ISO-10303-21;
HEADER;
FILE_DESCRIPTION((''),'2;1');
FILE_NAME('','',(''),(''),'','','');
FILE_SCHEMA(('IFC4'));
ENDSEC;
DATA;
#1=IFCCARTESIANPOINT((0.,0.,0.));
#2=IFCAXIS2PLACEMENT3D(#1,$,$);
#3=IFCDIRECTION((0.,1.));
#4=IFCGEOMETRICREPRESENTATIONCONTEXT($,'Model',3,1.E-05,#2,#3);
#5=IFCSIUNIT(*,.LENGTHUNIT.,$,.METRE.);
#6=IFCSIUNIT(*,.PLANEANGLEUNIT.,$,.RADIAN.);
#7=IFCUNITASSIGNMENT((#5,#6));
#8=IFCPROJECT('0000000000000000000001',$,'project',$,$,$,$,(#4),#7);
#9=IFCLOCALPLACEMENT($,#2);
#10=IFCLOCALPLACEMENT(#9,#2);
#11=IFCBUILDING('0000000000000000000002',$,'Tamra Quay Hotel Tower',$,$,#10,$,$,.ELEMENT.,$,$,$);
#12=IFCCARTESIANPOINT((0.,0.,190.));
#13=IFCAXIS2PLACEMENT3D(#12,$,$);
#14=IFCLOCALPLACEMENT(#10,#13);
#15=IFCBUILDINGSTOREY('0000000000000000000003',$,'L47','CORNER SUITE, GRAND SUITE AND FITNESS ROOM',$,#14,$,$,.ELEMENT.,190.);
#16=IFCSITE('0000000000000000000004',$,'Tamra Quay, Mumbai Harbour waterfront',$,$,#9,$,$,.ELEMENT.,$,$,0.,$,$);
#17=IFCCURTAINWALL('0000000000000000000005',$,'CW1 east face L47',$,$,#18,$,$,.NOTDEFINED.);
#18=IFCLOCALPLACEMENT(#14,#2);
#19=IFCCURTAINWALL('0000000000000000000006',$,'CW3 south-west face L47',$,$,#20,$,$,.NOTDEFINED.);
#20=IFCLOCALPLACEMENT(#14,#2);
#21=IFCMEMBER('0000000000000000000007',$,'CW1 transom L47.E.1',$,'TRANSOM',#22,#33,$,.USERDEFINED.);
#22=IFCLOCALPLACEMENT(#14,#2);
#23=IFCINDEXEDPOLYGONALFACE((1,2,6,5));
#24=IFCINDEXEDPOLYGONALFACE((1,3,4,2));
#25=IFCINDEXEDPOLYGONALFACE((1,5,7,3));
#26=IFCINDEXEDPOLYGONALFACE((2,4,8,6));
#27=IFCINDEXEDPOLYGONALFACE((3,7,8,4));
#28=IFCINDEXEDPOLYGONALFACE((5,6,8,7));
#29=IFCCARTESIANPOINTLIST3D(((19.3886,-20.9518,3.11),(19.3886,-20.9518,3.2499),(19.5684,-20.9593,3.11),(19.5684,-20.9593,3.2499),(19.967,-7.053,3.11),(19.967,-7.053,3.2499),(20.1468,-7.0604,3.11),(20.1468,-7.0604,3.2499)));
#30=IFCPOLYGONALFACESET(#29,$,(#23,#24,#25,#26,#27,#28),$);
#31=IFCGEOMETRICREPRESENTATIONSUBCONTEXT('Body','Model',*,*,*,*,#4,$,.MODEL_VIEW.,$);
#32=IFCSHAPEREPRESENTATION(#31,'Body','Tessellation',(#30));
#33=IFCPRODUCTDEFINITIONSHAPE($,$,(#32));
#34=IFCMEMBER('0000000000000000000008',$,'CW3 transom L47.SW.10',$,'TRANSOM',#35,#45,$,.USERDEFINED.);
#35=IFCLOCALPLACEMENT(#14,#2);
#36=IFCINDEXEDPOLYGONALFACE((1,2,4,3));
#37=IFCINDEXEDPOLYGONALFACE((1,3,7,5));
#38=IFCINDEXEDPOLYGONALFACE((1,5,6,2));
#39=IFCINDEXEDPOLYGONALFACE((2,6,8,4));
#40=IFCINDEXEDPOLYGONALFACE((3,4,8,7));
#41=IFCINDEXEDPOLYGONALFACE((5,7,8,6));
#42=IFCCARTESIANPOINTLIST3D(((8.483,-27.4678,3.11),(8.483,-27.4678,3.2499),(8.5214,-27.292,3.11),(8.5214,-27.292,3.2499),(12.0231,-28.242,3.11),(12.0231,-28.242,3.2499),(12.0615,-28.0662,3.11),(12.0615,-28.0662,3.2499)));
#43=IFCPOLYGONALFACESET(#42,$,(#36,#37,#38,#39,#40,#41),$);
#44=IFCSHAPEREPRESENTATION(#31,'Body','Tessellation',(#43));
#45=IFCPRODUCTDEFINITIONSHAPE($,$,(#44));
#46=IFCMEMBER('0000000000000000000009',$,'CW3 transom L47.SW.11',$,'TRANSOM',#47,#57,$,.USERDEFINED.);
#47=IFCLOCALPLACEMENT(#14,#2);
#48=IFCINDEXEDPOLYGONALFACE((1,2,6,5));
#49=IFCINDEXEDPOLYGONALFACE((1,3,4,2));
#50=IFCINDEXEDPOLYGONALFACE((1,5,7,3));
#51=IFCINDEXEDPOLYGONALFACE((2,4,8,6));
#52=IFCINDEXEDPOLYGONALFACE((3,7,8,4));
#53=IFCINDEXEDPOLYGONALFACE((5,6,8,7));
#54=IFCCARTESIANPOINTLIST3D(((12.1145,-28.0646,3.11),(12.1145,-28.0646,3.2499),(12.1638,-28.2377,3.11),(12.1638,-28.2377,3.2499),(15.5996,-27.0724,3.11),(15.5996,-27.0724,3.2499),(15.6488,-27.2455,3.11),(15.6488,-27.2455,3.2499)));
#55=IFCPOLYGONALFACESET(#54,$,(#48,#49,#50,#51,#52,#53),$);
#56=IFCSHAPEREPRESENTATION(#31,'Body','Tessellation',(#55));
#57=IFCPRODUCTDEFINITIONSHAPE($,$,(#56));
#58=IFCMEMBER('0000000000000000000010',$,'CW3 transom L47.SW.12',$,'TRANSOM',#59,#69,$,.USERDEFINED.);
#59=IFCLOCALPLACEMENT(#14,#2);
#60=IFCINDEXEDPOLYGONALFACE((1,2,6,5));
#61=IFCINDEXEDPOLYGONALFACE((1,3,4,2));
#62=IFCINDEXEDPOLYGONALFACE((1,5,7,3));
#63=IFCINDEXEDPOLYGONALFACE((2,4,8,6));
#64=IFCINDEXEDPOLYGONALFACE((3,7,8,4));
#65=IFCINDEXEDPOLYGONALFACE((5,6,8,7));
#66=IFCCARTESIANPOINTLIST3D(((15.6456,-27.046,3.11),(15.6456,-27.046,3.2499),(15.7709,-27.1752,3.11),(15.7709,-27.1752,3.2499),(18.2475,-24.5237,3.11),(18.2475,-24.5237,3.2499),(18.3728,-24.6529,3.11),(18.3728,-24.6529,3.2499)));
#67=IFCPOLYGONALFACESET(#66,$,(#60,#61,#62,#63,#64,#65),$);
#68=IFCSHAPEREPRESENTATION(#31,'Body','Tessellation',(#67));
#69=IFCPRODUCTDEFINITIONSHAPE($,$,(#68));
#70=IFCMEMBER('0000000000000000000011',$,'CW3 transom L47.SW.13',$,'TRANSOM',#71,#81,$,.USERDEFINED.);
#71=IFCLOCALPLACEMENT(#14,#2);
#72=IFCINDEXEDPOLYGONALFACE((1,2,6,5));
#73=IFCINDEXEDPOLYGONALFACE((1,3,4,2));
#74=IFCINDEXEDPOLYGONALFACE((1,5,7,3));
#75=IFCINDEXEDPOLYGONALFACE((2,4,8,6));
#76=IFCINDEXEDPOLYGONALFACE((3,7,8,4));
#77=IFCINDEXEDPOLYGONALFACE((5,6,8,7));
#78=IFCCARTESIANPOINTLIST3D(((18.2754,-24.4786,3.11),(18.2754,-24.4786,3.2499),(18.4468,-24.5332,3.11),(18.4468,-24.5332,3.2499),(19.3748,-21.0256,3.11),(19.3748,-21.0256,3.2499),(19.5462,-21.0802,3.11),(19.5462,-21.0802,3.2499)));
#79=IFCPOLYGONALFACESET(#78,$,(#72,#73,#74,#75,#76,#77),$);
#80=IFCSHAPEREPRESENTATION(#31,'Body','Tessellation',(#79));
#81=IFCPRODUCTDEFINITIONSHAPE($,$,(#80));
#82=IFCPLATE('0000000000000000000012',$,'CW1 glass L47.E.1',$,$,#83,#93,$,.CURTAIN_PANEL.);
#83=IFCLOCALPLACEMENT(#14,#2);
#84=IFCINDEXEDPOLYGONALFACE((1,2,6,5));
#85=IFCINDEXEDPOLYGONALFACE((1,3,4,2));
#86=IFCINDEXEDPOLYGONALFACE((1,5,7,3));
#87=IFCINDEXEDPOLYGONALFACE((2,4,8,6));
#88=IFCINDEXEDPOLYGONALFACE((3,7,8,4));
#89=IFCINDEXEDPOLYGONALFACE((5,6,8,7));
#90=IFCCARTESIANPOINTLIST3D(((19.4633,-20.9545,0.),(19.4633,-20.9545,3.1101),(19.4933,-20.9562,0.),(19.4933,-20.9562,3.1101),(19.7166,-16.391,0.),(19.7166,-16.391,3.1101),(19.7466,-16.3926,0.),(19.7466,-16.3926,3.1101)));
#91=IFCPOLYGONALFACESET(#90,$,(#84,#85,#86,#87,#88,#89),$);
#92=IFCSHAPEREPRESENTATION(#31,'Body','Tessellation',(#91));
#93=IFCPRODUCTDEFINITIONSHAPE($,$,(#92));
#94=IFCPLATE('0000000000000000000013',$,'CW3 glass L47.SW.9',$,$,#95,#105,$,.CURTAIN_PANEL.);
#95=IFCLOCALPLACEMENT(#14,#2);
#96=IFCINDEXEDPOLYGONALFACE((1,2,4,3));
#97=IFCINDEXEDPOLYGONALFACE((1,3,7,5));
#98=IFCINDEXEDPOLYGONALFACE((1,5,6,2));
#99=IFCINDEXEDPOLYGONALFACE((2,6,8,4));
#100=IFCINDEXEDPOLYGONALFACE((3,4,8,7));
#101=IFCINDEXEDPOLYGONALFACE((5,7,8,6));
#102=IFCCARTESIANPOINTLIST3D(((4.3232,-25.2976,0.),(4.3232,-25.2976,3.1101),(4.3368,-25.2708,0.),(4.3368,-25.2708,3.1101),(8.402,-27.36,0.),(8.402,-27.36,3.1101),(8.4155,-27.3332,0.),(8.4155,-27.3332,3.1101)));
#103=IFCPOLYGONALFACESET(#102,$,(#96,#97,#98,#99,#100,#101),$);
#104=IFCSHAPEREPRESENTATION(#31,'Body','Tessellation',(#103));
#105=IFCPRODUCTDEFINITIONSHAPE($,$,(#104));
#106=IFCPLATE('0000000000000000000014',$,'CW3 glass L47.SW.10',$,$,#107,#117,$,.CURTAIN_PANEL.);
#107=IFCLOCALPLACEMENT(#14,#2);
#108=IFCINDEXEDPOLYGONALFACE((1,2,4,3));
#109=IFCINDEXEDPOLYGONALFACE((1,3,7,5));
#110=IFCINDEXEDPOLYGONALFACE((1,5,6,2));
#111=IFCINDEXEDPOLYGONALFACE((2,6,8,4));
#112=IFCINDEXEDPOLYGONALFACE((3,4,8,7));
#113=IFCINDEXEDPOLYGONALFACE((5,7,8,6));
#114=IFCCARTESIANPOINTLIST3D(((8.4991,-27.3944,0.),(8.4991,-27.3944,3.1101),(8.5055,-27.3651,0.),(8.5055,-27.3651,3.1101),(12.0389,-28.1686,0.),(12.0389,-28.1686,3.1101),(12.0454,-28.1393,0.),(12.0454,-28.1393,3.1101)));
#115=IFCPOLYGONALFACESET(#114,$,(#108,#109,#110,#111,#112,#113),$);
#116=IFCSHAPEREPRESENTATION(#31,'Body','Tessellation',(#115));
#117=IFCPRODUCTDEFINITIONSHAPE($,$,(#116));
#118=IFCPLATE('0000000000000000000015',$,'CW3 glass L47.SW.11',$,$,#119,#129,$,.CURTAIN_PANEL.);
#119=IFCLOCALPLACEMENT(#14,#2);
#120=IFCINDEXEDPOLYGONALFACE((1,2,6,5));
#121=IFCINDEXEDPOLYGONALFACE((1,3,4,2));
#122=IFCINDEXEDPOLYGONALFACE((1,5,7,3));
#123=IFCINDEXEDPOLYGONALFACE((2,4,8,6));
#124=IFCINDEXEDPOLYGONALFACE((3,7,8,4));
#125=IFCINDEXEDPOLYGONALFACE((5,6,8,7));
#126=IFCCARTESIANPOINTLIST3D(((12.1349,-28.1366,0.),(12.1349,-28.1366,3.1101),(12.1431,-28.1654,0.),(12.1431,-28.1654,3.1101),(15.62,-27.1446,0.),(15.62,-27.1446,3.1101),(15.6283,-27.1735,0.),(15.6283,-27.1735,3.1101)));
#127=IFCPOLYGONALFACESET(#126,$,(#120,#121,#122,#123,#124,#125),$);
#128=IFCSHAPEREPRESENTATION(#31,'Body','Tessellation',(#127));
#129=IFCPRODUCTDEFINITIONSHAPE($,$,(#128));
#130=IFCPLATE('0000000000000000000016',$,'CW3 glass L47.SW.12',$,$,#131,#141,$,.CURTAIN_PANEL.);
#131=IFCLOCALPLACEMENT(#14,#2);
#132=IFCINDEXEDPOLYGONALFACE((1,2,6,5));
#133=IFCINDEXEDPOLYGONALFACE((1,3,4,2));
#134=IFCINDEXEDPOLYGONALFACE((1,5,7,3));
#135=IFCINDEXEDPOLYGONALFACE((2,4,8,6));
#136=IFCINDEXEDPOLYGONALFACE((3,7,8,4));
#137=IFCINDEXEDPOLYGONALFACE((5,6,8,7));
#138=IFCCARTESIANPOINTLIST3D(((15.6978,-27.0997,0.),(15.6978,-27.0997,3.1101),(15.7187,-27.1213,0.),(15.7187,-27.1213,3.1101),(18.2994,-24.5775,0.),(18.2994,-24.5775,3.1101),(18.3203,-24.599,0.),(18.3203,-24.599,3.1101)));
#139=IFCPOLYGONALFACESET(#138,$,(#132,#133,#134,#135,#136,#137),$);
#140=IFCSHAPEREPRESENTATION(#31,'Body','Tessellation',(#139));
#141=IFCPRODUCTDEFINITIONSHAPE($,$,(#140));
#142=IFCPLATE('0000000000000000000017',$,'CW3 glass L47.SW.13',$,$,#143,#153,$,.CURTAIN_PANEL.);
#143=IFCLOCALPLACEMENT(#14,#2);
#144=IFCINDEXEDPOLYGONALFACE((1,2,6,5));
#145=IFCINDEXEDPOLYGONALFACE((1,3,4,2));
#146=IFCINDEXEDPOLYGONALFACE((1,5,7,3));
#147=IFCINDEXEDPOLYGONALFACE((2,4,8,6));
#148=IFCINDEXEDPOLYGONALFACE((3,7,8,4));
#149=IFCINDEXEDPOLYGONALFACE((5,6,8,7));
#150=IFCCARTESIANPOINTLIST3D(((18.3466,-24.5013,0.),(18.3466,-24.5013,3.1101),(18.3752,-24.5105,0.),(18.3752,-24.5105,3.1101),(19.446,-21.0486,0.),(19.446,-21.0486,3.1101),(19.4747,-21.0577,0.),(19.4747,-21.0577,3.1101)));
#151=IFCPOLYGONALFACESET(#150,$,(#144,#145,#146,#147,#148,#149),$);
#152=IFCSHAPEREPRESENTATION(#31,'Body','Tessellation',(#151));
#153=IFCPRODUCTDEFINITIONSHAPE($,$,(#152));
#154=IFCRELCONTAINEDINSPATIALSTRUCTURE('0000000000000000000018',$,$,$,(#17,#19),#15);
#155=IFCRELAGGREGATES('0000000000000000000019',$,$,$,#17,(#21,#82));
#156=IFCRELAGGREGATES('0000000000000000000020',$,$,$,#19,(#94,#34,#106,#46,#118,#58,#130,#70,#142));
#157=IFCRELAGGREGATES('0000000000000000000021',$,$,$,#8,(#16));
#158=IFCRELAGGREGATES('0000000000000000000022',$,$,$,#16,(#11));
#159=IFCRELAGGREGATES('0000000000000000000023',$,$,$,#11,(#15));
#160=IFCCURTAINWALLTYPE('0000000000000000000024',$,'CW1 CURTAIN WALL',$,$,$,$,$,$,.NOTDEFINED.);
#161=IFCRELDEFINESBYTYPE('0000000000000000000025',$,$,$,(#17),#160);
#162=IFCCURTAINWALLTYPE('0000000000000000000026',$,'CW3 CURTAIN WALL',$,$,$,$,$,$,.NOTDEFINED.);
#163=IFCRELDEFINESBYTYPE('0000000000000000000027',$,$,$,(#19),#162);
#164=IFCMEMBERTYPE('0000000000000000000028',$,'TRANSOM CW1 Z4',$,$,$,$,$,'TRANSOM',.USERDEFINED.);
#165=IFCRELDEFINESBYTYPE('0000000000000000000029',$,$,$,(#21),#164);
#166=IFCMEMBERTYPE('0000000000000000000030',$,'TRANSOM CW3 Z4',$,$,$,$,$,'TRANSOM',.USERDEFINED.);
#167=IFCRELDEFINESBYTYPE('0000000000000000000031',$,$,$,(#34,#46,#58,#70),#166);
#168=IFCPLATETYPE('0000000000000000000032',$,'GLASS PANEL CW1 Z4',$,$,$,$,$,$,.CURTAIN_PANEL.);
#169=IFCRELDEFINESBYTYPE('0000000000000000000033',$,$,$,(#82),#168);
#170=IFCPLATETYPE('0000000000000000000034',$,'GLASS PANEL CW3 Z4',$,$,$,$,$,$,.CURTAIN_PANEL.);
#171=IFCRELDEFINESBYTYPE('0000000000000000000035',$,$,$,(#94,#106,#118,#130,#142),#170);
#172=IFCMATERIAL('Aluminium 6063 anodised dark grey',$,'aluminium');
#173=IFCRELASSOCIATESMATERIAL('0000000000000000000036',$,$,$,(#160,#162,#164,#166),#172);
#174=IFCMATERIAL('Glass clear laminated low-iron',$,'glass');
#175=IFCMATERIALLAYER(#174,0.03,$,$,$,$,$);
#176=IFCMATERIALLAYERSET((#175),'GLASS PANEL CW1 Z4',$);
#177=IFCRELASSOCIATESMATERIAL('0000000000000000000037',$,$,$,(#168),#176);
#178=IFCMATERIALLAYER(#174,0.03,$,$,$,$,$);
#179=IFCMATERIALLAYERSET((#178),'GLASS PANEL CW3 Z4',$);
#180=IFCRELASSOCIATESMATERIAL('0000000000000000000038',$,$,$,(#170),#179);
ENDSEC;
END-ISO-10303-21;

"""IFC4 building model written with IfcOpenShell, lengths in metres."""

from ifc_helpers import new_model, si_unit, direction, frame, origin, origin_2d, place, context, subcontext, project, spatial, rectangle, extrude, material, layer, layer_set, material_profile, profile_set, type_object, element, aggregate, save


model = new_model("IFC4")

# Units and contexts
model_context = context("Model", 3, precision=1e-05, world=origin(), true_north=direction((0.0, 1.0)))
body_context = subcontext(model_context, "Body", "Model", "MODEL_VIEW")
ifc_project = project(units=[si_unit("LENGTHUNIT", "METRE"), si_unit("PLANEANGLEUNIT", "RADIAN")], contexts=[model_context])

# Site, building, storey
site_placement = place(None, origin())
site = spatial("IfcSite", under=ifc_project, at=site_placement, Name="Tamra Quay, Mumbai Harbour waterfront", CompositionType="ELEMENT", RefElevation=0.0)
building_placement = place(site_placement, origin())
building = spatial("IfcBuilding", under=site, at=building_placement, Name="Tamra Quay Hotel Tower", CompositionType="ELEMENT")
storey_placement = place(building_placement, frame((0.0, 0.0, 190.0)))
storey = spatial("IfcBuildingStorey", under=building, at=storey_placement, Name="L47", Description="CORNER SUITE, GRAND SUITE AND FITNESS ROOM", CompositionType="ELEMENT", Elevation=190.0)

# Curtain wall
ifc_material_1 = material(Name="Aluminium 6063 anodised dark grey", Category="aluminium")
curtain_wall_type_1 = type_object("IfcCurtainWallType", Name="CW1 CURTAIN WALL", PredefinedType="NOTDEFINED", material=ifc_material_1)
curtain_wall_1_placement = place(storey_placement, origin())
curtain_wall_1 = element("IfcCurtainWall", 1, at=curtain_wall_1_placement, inside=storey, type_object=curtain_wall_type_1, Name="CW1 east face L47", PredefinedType="NOTDEFINED")

# Curtain wall
curtain_wall_type_2 = type_object("IfcCurtainWallType", Name="CW3 CURTAIN WALL", PredefinedType="NOTDEFINED", material=ifc_material_1)
curtain_wall_2_placement = place(storey_placement, origin())
curtain_wall_2 = element("IfcCurtainWall", 2, at=curtain_wall_2_placement, inside=storey, type_object=curtain_wall_type_2, Name="CW3 south-west face L47", PredefinedType="NOTDEFINED")

# Members
ifc_material_profile_1 = material_profile(ifc_material_1, rectangle(XDim=0.1799, YDim=0.1399, at=origin_2d()), Name="TRANSOM 180X140")
ifc_profile_set_1 = profile_set([ifc_material_profile_1], Name="Aluminium 6063 anodised dark grey")
member_type_1 = type_object("IfcMemberType", Name="TRANSOM CW1 Z4", ElementType="TRANSOM", PredefinedType="USERDEFINED", material=ifc_profile_set_1)
member_1_placement = place(storey_placement, frame((19.4785, -20.9556, 3.1799), z_axis=(0.041577, 0.999135, 0.0), x_axis=(-0.999135, 0.041577, 0.0)))
member_1 = element("IfcMember", 3, at=member_1_placement, type_object=member_type_1, Name="CW1 transom L47.E.1", ObjectType="TRANSOM", PredefinedType="USERDEFINED", context=body_context, shape_type="SweptSolid", body=[
    extrude(rectangle(XDim=0.1799, YDim=0.1399, at=origin_2d()), origin(), (0.0, 0.0, 1.0), 13.9109),
])
ifc_material_profile_2 = material_profile(ifc_material_1, rectangle(XDim=0.1799, YDim=0.1399, at=origin_2d()), Name="TRANSOM 180X140")
ifc_profile_set_2 = profile_set([ifc_material_profile_2], Name="Aluminium 6063 anodised dark grey")
member_type_2 = type_object("IfcMemberType", Name="TRANSOM CW3 Z4", ElementType="TRANSOM", PredefinedType="USERDEFINED", material=ifc_profile_set_2)
member_2_placement = place(storey_placement, frame((8.5022, -27.3799, 3.1799), z_axis=(0.976912, -0.213641, 0.0), x_axis=(0.213641, 0.976912, 0.0)))
member_2 = element("IfcMember", 4, at=member_2_placement, type_object=member_type_2, Name="CW3 transom L47.SW.10", ObjectType="TRANSOM", PredefinedType="USERDEFINED", context=body_context, shape_type="SweptSolid", body=[
    extrude(rectangle(XDim=0.1799, YDim=0.1399, at=origin_2d()), origin(), (0.0, 0.0, 1.0), 3.6238),
])
member_3_placement = place(storey_placement, frame((12.1392, -28.1511, 3.1799), z_axis=(0.961783, 0.273813, 0.0), x_axis=(-0.273813, 0.961783, 0.0)))
member_3 = element("IfcMember", 5, at=member_3_placement, type_object=member_type_2, Name="CW3 transom L47.SW.11", ObjectType="TRANSOM", PredefinedType="USERDEFINED", context=body_context, shape_type="SweptSolid", body=[
    extrude(rectangle(XDim=0.1799, YDim=0.1399, at=origin_2d()), origin(), (0.0, 0.0, 1.0), 3.6235),
])
member_4_placement = place(storey_placement, frame((15.7083, -27.1106, 3.1799), z_axis=(0.718003, 0.69604, 0.0), x_axis=(-0.69604, 0.718003, 0.0)))
member_4 = element("IfcMember", 6, at=member_4_placement, type_object=member_type_2, Name="CW3 transom L47.SW.12", ObjectType="TRANSOM", PredefinedType="USERDEFINED", context=body_context, shape_type="SweptSolid", body=[
    extrude(rectangle(XDim=0.1799, YDim=0.1399, at=origin_2d()), origin(), (0.0, 0.0, 1.0), 3.6238),
])
member_5_placement = place(storey_placement, frame((18.3611, -24.5059, 3.1799), z_axis=(0.303384, 0.952868, 0.0), x_axis=(-0.952868, 0.303384, 0.0)))
member_5 = element("IfcMember", 7, at=member_5_placement, type_object=member_type_2, Name="CW3 transom L47.SW.13", ObjectType="TRANSOM", PredefinedType="USERDEFINED", context=body_context, shape_type="SweptSolid", body=[
    extrude(rectangle(XDim=0.1799, YDim=0.1399, at=origin_2d()), origin(), (0.0, 0.0, 1.0), 3.6238),
])

# Plates
ifc_material_2 = material(Name="Glass clear laminated low-iron", Category="glass")
ifc_layer_1 = layer(ifc_material_2, 0.03)
ifc_layer_set_1 = layer_set([ifc_layer_1], Name="GLASS PANEL CW1 Z4")
plate_type_1 = type_object("IfcPlateType", Name="GLASS PANEL CW1 Z4", PredefinedType="CURTAIN_PANEL", material=ifc_layer_set_1)
plate_1_placement = place(storey_placement, frame((19.605, -18.6736, 0.0), z_axis=(0.0, 0.0, 1.0), x_axis=(0.055416, 0.998463, 0.0)))
plate_1 = element("IfcPlate", 8, at=plate_1_placement, type_object=plate_type_1, Name="CW1 glass L47.E.1", PredefinedType="CURTAIN_PANEL", context=body_context, shape_type="SweptSolid", body=[
    extrude(rectangle(XDim=4.5706, YDim=0.03, at=origin_2d()), origin(), (0.0, 0.0, 1.0), 3.1101),
])
aggregate(curtain_wall_1, [member_1, plate_1])
ifc_layer_2 = layer(ifc_material_2, 0.03)
ifc_layer_set_2 = layer_set([ifc_layer_2], Name="GLASS PANEL CW3 Z4")
plate_type_2 = type_object("IfcPlateType", Name="GLASS PANEL CW3 Z4", PredefinedType="CURTAIN_PANEL", material=ifc_layer_set_2)
plate_2_placement = place(storey_placement, frame((6.3694, -26.3154, 0.0), z_axis=(0.0, 0.0, 1.0), x_axis=(0.892403, -0.45124, 0.0)))
plate_2 = element("IfcPlate", 9, at=plate_2_placement, type_object=plate_type_2, Name="CW3 glass L47.SW.9", PredefinedType="CURTAIN_PANEL", context=body_context, shape_type="SweptSolid", body=[
    extrude(rectangle(XDim=4.5706, YDim=0.03, at=origin_2d()), origin(), (0.0, 0.0, 1.0), 3.1101),
])
plate_3_placement = place(storey_placement, frame((10.2722, -27.7668, 0.0), z_axis=(0.0, 0.0, 1.0), x_axis=(0.976906, -0.213669, 0.0)))
plate_3 = element("IfcPlate", 10, at=plate_3_placement, type_object=plate_type_2, Name="CW3 glass L47.SW.10", PredefinedType="CURTAIN_PANEL", context=body_context, shape_type="SweptSolid", body=[
    extrude(rectangle(XDim=3.6235, YDim=0.03, at=origin_2d()), origin(), (0.0, 0.0, 1.0), 3.1101),
])
plate_4_placement = place(storey_placement, frame((13.8816, -27.655, 0.0), z_axis=(0.0, 0.0, 1.0), x_axis=(0.961801, 0.27375, 0.0)))
plate_4 = element("IfcPlate", 11, at=plate_4_placement, type_object=plate_type_2, Name="CW3 glass L47.SW.11", PredefinedType="CURTAIN_PANEL", context=body_context, shape_type="SweptSolid", body=[
    extrude(rectangle(XDim=3.6235, YDim=0.03, at=origin_2d()), origin(), (0.0, 0.0, 1.0), 3.1101),
])
plate_5_placement = place(storey_placement, frame((17.009, -25.8494, 0.0), z_axis=(0.0, 0.0, 1.0), x_axis=(0.717975, 0.696069, 0.0)))
plate_5 = element("IfcPlate", 12, at=plate_5_placement, type_object=plate_type_2, Name="CW3 glass L47.SW.12", PredefinedType="CURTAIN_PANEL", context=body_context, shape_type="SweptSolid", body=[
    extrude(rectangle(XDim=3.6235, YDim=0.03, at=origin_2d()), origin(), (0.0, 0.0, 1.0), 3.1101),
])
plate_6_placement = place(storey_placement, frame((18.9106, -22.7795, 0.0), z_axis=(0.0, 0.0, 1.0), x_axis=(0.30341, 0.95286, 0.0)))
plate_6 = element("IfcPlate", 13, at=plate_6_placement, type_object=plate_type_2, Name="CW3 glass L47.SW.13", PredefinedType="CURTAIN_PANEL", context=body_context, shape_type="SweptSolid", body=[
    extrude(rectangle(XDim=3.6235, YDim=0.03, at=origin_2d()), origin(), (0.0, 0.0, 1.0), 3.1101),
])
aggregate(curtain_wall_2, [plate_2, member_2, plate_3, member_3, plate_4, member_4, plate_5, member_5, plate_6])

save(model, "model.ifc")
